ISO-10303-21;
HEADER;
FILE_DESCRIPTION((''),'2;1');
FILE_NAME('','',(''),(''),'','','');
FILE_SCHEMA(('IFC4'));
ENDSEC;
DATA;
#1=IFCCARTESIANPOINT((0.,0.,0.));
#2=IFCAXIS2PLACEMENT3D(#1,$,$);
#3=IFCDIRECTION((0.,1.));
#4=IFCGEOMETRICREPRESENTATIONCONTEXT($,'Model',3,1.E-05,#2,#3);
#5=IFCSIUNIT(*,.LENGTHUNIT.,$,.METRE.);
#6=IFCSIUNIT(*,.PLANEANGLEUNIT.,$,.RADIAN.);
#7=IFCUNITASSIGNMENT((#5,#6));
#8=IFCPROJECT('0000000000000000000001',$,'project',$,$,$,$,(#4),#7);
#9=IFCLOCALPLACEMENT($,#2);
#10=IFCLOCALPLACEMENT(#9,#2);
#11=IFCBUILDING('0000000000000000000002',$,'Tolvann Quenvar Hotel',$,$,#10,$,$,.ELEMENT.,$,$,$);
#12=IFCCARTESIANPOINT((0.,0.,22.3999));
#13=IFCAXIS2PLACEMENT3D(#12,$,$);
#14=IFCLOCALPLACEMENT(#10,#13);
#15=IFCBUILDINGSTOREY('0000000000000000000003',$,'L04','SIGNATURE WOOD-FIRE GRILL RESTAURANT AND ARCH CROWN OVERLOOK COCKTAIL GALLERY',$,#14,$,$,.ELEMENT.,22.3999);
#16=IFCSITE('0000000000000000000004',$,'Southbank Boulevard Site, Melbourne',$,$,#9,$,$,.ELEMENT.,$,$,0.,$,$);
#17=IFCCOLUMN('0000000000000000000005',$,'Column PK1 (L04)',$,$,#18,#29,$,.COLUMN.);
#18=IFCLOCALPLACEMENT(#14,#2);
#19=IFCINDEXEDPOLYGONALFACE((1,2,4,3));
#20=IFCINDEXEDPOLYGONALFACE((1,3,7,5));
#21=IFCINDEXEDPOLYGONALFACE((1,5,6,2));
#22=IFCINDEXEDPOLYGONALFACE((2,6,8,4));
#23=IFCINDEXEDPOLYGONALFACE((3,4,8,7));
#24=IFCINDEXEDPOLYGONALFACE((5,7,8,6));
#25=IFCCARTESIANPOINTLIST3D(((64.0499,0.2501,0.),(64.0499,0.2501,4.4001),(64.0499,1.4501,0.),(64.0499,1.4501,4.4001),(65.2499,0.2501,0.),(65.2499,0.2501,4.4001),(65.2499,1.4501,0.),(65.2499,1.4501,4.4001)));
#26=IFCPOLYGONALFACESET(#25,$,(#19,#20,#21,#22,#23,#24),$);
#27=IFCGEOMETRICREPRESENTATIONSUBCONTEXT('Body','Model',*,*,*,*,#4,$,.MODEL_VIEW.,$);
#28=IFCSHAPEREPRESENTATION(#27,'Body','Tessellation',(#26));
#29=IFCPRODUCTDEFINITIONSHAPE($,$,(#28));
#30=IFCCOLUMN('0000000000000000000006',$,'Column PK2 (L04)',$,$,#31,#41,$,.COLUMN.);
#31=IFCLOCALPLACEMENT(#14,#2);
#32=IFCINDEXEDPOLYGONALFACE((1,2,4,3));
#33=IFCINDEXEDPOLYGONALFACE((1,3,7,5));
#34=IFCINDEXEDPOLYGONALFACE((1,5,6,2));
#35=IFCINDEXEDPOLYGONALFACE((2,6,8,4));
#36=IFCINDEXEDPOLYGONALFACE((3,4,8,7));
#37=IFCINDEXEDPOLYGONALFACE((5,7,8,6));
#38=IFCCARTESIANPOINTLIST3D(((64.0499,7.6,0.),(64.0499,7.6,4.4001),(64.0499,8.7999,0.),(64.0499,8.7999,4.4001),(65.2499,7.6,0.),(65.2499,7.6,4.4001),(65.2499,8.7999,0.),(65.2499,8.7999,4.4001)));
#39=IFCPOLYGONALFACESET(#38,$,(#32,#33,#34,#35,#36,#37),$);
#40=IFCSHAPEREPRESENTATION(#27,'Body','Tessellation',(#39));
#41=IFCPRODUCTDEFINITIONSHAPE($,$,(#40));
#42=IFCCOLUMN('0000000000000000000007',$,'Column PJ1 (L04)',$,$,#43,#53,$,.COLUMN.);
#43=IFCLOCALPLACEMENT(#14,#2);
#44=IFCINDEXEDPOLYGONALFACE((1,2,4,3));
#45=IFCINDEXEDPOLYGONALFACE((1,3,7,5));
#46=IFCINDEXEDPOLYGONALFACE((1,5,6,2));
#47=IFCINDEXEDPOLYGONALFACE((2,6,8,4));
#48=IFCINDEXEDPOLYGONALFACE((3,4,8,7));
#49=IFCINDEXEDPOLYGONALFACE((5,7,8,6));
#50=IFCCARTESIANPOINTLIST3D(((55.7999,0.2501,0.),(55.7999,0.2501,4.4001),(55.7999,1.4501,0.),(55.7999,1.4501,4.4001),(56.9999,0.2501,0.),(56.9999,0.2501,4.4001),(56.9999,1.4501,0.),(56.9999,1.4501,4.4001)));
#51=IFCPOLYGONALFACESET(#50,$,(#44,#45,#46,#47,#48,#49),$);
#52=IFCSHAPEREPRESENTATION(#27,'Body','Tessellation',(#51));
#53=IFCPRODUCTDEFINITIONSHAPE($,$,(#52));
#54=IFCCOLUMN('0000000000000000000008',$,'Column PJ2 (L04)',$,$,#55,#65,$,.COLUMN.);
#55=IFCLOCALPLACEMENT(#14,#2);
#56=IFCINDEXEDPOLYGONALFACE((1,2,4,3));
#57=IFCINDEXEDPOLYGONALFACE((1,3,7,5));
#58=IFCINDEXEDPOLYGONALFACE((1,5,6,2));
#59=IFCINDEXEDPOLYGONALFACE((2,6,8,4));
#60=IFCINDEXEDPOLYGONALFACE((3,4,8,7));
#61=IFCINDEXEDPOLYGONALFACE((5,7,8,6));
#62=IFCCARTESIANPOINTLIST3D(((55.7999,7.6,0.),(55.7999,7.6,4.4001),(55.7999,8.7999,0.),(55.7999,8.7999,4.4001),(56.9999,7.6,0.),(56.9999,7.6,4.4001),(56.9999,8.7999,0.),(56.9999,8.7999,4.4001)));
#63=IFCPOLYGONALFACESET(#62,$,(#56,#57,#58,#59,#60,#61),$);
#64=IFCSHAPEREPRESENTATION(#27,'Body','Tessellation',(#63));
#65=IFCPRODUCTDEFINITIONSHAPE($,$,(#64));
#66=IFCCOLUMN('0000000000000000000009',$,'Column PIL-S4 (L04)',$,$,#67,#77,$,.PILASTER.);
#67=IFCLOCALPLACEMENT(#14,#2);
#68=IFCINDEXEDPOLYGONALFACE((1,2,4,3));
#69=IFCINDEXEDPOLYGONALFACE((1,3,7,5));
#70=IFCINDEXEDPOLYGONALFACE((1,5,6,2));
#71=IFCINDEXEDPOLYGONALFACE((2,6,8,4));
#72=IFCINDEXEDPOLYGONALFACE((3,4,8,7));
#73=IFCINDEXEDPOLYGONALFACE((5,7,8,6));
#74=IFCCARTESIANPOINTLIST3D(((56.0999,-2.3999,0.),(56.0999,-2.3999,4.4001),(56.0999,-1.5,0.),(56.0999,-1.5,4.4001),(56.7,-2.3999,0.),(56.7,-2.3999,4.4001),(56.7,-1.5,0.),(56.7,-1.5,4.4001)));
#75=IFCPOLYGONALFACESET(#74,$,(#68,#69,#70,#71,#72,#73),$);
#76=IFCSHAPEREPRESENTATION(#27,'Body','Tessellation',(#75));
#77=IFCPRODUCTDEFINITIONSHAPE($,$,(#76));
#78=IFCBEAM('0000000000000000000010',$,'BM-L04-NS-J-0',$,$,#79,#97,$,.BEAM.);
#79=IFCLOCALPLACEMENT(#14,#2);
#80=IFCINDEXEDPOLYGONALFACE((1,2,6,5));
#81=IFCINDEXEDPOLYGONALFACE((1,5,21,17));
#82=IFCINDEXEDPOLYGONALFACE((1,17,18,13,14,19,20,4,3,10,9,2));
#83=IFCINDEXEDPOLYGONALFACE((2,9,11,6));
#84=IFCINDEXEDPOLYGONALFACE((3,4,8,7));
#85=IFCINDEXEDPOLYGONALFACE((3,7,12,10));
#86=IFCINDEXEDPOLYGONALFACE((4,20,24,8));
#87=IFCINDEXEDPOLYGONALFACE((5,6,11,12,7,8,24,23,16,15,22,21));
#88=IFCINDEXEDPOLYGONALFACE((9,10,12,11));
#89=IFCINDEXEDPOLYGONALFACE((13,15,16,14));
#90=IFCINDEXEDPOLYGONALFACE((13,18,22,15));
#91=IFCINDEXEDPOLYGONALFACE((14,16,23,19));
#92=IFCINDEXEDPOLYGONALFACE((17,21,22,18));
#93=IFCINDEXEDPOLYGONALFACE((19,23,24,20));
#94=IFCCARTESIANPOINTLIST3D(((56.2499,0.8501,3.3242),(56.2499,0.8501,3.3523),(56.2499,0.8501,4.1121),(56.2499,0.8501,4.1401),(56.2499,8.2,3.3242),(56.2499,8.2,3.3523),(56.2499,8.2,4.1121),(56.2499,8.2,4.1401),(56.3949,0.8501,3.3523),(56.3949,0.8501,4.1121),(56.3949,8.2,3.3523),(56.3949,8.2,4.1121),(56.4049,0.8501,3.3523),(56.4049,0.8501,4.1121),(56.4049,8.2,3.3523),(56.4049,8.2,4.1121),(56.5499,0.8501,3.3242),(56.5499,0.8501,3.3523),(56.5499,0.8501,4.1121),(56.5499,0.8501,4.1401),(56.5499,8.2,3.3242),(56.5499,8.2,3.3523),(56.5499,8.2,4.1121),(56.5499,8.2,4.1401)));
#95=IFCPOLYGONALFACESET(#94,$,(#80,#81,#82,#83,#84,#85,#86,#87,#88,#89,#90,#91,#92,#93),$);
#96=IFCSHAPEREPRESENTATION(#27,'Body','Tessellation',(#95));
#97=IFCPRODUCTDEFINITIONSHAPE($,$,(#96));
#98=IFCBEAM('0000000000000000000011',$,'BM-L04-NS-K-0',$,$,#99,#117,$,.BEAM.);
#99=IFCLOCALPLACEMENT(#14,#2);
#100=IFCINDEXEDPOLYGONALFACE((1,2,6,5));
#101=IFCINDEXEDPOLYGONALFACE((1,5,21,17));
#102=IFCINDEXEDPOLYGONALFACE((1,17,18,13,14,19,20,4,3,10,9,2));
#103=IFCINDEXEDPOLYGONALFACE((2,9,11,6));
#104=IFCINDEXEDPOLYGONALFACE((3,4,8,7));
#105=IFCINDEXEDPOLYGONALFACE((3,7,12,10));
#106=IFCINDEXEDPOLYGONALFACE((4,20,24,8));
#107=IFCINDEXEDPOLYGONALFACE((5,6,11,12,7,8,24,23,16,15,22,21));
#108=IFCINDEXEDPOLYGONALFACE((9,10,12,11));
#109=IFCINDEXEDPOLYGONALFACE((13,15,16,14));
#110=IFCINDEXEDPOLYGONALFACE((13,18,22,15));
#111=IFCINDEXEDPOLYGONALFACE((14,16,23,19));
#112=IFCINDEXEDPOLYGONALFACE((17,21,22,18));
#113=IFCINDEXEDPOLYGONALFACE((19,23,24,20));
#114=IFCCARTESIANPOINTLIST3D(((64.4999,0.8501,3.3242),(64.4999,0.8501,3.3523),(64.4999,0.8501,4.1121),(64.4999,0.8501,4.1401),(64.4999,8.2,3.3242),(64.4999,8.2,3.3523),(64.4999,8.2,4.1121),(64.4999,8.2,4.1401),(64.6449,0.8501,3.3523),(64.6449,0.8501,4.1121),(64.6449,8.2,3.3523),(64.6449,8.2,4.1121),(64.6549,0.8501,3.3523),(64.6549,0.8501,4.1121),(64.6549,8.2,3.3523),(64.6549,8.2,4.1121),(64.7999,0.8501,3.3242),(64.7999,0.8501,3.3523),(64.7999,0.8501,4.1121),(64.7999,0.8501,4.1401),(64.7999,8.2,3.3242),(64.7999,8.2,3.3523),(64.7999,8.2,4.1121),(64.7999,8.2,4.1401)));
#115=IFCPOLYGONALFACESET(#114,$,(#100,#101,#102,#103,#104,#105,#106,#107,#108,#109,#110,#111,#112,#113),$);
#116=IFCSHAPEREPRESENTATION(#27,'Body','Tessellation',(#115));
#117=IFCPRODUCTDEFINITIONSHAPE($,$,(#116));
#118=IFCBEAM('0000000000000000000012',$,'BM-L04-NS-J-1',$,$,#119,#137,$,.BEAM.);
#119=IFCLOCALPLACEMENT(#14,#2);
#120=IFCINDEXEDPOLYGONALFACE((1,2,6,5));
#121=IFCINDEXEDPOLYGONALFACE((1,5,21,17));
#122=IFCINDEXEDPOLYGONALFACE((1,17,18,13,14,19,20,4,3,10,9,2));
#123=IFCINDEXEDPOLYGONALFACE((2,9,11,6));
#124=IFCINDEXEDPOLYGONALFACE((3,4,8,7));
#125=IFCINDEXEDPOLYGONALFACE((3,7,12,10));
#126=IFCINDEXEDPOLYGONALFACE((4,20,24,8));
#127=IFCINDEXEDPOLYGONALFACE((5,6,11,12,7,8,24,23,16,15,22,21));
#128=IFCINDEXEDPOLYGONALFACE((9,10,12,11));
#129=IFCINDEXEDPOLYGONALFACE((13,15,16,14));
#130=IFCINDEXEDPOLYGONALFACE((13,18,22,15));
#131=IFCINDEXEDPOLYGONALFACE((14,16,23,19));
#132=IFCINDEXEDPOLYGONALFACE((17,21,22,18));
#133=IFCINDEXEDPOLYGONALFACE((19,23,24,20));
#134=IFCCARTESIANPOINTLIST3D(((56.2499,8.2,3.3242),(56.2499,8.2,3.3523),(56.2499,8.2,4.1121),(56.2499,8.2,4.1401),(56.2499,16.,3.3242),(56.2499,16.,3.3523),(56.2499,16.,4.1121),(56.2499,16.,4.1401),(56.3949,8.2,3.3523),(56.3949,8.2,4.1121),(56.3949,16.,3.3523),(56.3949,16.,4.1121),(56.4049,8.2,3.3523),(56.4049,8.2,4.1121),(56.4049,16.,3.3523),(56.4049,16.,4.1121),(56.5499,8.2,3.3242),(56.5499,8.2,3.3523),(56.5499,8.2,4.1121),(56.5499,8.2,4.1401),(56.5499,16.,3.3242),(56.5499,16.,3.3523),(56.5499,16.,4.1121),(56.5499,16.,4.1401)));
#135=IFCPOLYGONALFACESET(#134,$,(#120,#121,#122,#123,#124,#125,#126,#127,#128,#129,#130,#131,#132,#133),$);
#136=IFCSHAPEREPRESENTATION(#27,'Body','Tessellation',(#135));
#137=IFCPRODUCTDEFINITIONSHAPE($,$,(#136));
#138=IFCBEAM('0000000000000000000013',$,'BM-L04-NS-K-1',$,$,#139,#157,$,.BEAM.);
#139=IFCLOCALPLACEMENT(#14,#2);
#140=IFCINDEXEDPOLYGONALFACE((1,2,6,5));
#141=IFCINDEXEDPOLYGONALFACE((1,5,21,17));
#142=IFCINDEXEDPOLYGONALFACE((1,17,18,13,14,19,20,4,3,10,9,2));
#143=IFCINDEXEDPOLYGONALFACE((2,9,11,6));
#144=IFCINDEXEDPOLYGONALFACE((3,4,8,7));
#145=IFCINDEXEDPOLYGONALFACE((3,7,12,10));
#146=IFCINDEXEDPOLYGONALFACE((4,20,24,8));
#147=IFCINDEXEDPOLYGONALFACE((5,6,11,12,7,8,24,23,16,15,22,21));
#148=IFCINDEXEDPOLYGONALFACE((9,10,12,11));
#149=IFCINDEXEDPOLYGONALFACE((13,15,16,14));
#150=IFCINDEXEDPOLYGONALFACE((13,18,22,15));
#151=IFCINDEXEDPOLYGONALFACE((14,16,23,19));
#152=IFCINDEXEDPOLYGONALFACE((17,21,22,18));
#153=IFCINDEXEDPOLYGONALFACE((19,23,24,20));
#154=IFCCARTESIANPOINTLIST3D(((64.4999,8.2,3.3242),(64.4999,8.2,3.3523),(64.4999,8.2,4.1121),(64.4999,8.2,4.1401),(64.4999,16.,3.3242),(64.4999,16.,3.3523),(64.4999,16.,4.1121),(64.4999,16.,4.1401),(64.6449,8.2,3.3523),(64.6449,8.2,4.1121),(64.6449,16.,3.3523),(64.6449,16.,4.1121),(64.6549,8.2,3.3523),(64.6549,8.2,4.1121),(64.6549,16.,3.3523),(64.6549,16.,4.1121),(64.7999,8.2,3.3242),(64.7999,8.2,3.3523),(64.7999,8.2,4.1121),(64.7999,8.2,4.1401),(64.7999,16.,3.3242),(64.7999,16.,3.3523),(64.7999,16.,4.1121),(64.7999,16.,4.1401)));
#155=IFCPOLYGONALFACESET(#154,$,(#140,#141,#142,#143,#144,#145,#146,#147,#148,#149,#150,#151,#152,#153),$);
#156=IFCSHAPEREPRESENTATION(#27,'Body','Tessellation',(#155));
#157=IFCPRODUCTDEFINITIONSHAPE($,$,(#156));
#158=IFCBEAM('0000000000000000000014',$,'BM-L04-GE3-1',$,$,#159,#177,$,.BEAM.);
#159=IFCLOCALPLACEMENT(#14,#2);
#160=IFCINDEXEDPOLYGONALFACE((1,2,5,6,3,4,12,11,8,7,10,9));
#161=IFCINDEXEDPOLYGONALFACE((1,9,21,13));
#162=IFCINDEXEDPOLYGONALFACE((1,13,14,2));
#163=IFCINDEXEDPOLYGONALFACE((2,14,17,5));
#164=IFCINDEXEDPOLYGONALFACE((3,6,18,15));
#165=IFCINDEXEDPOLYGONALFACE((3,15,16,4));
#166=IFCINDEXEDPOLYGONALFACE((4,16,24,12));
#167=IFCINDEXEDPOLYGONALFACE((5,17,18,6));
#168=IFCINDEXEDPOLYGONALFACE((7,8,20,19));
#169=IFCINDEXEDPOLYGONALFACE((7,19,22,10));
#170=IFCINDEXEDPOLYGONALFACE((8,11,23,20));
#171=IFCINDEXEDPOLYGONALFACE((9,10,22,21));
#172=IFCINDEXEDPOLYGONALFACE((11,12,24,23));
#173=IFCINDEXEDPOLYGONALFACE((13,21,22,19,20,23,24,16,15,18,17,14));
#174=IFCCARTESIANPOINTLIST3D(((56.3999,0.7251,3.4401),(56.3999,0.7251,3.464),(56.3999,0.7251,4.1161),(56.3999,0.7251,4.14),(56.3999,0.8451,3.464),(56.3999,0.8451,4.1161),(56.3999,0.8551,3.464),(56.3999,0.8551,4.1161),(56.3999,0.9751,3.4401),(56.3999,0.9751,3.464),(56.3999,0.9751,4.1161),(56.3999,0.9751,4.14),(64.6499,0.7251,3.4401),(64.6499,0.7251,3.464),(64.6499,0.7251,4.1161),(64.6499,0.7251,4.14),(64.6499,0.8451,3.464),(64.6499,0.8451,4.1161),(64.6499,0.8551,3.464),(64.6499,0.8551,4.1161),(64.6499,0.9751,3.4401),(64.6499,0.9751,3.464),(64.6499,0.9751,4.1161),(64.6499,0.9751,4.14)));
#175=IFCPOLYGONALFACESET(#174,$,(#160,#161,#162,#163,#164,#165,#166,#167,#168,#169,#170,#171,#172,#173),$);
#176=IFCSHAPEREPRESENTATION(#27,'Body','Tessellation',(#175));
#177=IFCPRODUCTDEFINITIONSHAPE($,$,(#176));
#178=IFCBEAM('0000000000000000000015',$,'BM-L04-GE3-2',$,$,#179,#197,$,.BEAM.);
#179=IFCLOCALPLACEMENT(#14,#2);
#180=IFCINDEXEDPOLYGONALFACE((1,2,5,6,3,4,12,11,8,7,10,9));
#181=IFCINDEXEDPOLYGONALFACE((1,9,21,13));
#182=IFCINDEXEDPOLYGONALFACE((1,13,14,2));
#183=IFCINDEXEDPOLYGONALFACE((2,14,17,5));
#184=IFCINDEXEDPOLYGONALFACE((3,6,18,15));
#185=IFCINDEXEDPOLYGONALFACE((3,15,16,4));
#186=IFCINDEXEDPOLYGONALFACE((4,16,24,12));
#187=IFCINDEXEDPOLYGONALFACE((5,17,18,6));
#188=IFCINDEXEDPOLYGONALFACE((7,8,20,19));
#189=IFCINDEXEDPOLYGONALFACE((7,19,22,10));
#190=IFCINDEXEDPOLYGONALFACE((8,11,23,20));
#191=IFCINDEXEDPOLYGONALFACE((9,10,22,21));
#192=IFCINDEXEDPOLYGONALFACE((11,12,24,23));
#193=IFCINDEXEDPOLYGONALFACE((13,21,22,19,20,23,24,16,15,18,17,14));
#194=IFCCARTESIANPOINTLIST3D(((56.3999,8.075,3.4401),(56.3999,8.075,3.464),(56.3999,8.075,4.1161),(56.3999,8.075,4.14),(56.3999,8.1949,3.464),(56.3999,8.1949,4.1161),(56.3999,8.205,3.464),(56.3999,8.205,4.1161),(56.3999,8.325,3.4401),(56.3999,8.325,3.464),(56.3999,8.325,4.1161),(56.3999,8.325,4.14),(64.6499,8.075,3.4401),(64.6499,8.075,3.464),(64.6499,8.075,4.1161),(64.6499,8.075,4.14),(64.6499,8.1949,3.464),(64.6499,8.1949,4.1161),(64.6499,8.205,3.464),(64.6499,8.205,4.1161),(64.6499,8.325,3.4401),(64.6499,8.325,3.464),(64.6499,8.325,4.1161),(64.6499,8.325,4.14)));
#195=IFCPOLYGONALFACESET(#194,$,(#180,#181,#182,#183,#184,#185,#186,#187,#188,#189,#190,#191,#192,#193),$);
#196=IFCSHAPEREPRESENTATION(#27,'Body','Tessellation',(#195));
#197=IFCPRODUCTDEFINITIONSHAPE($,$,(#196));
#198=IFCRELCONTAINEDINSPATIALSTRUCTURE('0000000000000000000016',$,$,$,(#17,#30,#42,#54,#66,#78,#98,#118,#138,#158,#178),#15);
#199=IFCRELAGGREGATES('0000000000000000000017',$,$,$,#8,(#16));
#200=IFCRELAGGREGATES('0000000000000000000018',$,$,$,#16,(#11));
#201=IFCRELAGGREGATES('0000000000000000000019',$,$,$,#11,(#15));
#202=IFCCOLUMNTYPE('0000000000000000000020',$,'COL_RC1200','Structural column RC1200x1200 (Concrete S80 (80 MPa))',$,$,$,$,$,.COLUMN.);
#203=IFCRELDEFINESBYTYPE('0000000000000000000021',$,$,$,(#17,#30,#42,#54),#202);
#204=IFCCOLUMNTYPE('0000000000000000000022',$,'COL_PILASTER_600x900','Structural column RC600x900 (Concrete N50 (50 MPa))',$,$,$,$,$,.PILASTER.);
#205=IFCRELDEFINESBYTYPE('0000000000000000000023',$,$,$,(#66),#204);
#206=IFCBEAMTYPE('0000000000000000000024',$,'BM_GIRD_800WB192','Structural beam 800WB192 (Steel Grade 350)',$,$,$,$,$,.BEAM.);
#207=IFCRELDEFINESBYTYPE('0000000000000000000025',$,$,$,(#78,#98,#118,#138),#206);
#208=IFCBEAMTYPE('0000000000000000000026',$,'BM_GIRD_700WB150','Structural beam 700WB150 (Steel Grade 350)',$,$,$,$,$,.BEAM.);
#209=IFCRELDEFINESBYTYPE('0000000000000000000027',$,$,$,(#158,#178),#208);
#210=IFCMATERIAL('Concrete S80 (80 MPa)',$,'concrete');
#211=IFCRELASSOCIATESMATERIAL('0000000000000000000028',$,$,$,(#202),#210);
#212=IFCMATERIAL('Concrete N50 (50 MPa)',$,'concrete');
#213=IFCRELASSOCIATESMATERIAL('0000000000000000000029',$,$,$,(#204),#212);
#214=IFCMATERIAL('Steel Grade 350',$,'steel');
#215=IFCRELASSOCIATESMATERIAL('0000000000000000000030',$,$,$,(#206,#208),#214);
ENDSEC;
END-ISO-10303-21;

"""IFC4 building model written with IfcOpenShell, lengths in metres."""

from ifc_helpers import new_model, si_unit, direction, frame, origin, origin_2d, place, context, subcontext, project, spatial, rectangle, i_section, extrude, source, transform, mapped, material, material_profile, profile_set, type_object, type_shapes, element, save


model = new_model("IFC4")

# Units and contexts
model_context = context("Model", 3, precision=1e-05, world=origin(), true_north=direction((0.0, 1.0)))
body_context = subcontext(model_context, "Body", "Model", "MODEL_VIEW")
ifc_project = project(units=[si_unit("LENGTHUNIT", "METRE"), si_unit("PLANEANGLEUNIT", "RADIAN")], contexts=[model_context])

# Site, building, storey
site_placement = place(None, origin())
site = spatial("IfcSite", under=ifc_project, at=site_placement, Name="Southbank Boulevard Site, Melbourne", CompositionType="ELEMENT", RefElevation=0.0)
building_placement = place(site_placement, origin())
building = spatial("IfcBuilding", under=site, at=building_placement, Name="Tolvann Quenvar Hotel", CompositionType="ELEMENT")
storey_placement = place(building_placement, frame((0.0, 0.0, 22.3999)))
storey = spatial("IfcBuildingStorey", under=building, at=storey_placement, Name="L04", Description="SIGNATURE WOOD-FIRE GRILL RESTAURANT AND ARCH CROWN OVERLOOK COCKTAIL GALLERY", CompositionType="ELEMENT", Elevation=22.3999)

# Columns
ifc_material_1 = material(Name="Concrete S80 (80 MPa)", Category="concrete")
ifc_material_profile_1 = material_profile(ifc_material_1, rectangle(XDim=1.2, YDim=1.2, at=origin_2d()), Name="RC1200x1200")
ifc_profile_set_1 = profile_set([ifc_material_profile_1], Name="Concrete S80 (80 MPa)")
column_type_1 = type_object("IfcColumnType", Name="COL_RC1200", Description="Structural column RC1200x1200 (Concrete S80 (80 MPa))", PredefinedType="COLUMN", material=ifc_profile_set_1)
shared_shape_1 = source(origin(), body_context, "Body", "SweptSolid", [
    extrude(rectangle(XDim=1.2, YDim=1.2, at=origin_2d()), origin(), (0.0, 0.0, 1.0), 4.4001),
])
type_shapes(column_type_1, [shared_shape_1])
for number, where, z_axis, x_axis, name in (
    (1, (64.6499, 0.8501, 0.0), (0.0, 0.0, 1.0), (1.0, 0.0, 0.0), "Column PK1 (L04)"),
    (2, (64.6499, 8.2, 0.0), (0.0, 0.0, 1.0), (1.0, 0.0, 0.0), "Column PK2 (L04)"),
    (3, (56.3999, 0.8501, 0.0), (0.0, 0.0, 1.0), (1.0, 0.0, 0.0), "Column PJ1 (L04)"),
    (4, (56.3999, 8.2, 0.0), (0.0, 0.0, 1.0), (1.0, 0.0, 0.0), "Column PJ2 (L04)"),
):
    element("IfcColumn", number, at=place(storey_placement, frame(where, z_axis=z_axis, x_axis=x_axis)), inside=storey, type_object=column_type_1, Name=name, PredefinedType="COLUMN", context=body_context, shape_type="MappedRepresentation", body=[
        mapped(shared_shape_1, transform((0.0, 0.0, 0.0), x_axis=(1.0, 0.0, 0.0), y_axis=(0.0, 1.0, 0.0), z_axis=(0.0, 0.0, 1.0), scale=1.0)),
    ])
ifc_material_2 = material(Name="Concrete N50 (50 MPa)", Category="concrete")
ifc_material_profile_2 = material_profile(ifc_material_2, rectangle(XDim=0.6001, YDim=0.8999, at=origin_2d()), Name="RC600x900")
ifc_profile_set_2 = profile_set([ifc_material_profile_2], Name="Concrete N50 (50 MPa)")
column_type_2 = type_object("IfcColumnType", Name="COL_PILASTER_600x900", Description="Structural column RC600x900 (Concrete N50 (50 MPa))", PredefinedType="PILASTER", material=ifc_profile_set_2)
shared_shape_2 = source(origin(), body_context, "Body", "SweptSolid", [
    extrude(rectangle(XDim=0.6001, YDim=0.8999, at=origin_2d()), origin(), (0.0, 0.0, 1.0), 4.4001),
])
type_shapes(column_type_2, [shared_shape_2])
column_placement = place(storey_placement, frame((56.3999, -1.95, 0.0), z_axis=(0.0, 0.0, 1.0), x_axis=(1.0, 0.0, 0.0)))
element("IfcColumn", 5, at=column_placement, inside=storey, type_object=column_type_2, Name="Column PIL-S4 (L04)", PredefinedType="PILASTER", context=body_context, shape_type="MappedRepresentation", body=[
    mapped(shared_shape_2, transform((0.0, 0.0, 0.0), x_axis=(1.0, 0.0, 0.0), y_axis=(0.0, 1.0, 0.0), z_axis=(0.0, 0.0, 1.0), scale=1.0)),
])

# Beams
ifc_material_3 = material(Name="Steel Grade 350", Category="steel")
ifc_material_profile_3 = material_profile(ifc_material_3, i_section(OverallWidth=0.3, OverallDepth=0.8159, WebThickness=0.01, FlangeThickness=0.0281, at=origin_2d()), Name="800WB192")
ifc_profile_set_3 = profile_set([ifc_material_profile_3], Name="Steel Grade 350")
beam_type_1 = type_object("IfcBeamType", Name="BM_GIRD_800WB192", Description="Structural beam 800WB192 (Steel Grade 350)", PredefinedType="BEAM", material=ifc_profile_set_3)
shared_shape_3 = source(origin(), body_context, "Body", "SweptSolid", [
    extrude(i_section(OverallWidth=0.3, OverallDepth=0.8159, WebThickness=0.01, FlangeThickness=0.0281, at=origin_2d()), origin(), (0.0, 0.0, 1.0), 7.3499),
])
for number, where, z_axis, x_axis, name in (
    (6, (56.3999, 0.8501, 3.7322), (0.0, 1.0, 0.0), (-1.0, 0.0, 0.0), "BM-L04-NS-J-0"),
    (7, (64.6499, 0.8501, 3.7322), (0.0, 1.0, 0.0), (-1.0, 0.0, 0.0), "BM-L04-NS-K-0"),
):
    element("IfcBeam", number, at=place(storey_placement, frame(where, z_axis=z_axis, x_axis=x_axis)), inside=storey, type_object=beam_type_1, Name=name, PredefinedType="BEAM", context=body_context, shape_type="MappedRepresentation", body=[
        mapped(shared_shape_3, transform((0.0, 0.0, 0.0), x_axis=(1.0, 0.0, 0.0), y_axis=(0.0, 1.0, 0.0), z_axis=(0.0, 0.0, 1.0), scale=1.0)),
    ])
shared_shape_4 = source(origin(), body_context, "Body", "SweptSolid", [
    extrude(i_section(OverallWidth=0.3, OverallDepth=0.8159, WebThickness=0.01, FlangeThickness=0.0281, at=origin_2d()), origin(), (0.0, 0.0, 1.0), 7.8),
])
type_shapes(beam_type_1, [shared_shape_3, shared_shape_4])
for number, where, z_axis, x_axis, name in (
    (8, (56.3999, 8.2, 3.7322), (0.0, 1.0, 0.0), (-1.0, 0.0, 0.0), "BM-L04-NS-J-1"),
    (9, (64.6499, 8.2, 3.7322), (0.0, 1.0, 0.0), (-1.0, 0.0, 0.0), "BM-L04-NS-K-1"),
):
    element("IfcBeam", number, at=place(storey_placement, frame(where, z_axis=z_axis, x_axis=x_axis)), inside=storey, type_object=beam_type_1, Name=name, PredefinedType="BEAM", context=body_context, shape_type="MappedRepresentation", body=[
        mapped(shared_shape_4, transform((0.0, 0.0, 0.0), x_axis=(1.0, 0.0, 0.0), y_axis=(0.0, 1.0, 0.0), z_axis=(0.0, 0.0, 1.0), scale=1.0)),
    ])
ifc_material_profile_4 = material_profile(ifc_material_3, i_section(OverallWidth=0.25, OverallDepth=0.7, WebThickness=0.01, FlangeThickness=0.0239, at=origin_2d()), Name="700WB150")
ifc_profile_set_4 = profile_set([ifc_material_profile_4], Name="Steel Grade 350")
beam_type_2 = type_object("IfcBeamType", Name="BM_GIRD_700WB150", Description="Structural beam 700WB150 (Steel Grade 350)", PredefinedType="BEAM", material=ifc_profile_set_4)
shared_shape_5 = source(origin(), body_context, "Body", "SweptSolid", [
    extrude(i_section(OverallWidth=0.25, OverallDepth=0.7, WebThickness=0.01, FlangeThickness=0.0239, at=origin_2d()), origin(), (0.0, 0.0, 1.0), 8.25),
])
for number, where, z_axis, x_axis, name in (
    (10, (56.3999, 0.8501, 3.79), (1.0, 0.0, 0.0), (0.0, 1.0, 0.0), "BM-L04-GE3-1"),
    (11, (56.3999, 8.2, 3.79), (1.0, 0.0, 0.0), (0.0, 1.0, 0.0), "BM-L04-GE3-2"),
):
    element("IfcBeam", number, at=place(storey_placement, frame(where, z_axis=z_axis, x_axis=x_axis)), inside=storey, type_object=beam_type_2, Name=name, PredefinedType="BEAM", context=body_context, shape_type="MappedRepresentation", body=[
        mapped(shared_shape_5, transform((0.0, 0.0, 0.0), x_axis=(1.0, 0.0, 0.0), y_axis=(0.0, 1.0, 0.0), z_axis=(0.0, 0.0, 1.0), scale=1.0)),
    ])

save(model, "model.ifc")
